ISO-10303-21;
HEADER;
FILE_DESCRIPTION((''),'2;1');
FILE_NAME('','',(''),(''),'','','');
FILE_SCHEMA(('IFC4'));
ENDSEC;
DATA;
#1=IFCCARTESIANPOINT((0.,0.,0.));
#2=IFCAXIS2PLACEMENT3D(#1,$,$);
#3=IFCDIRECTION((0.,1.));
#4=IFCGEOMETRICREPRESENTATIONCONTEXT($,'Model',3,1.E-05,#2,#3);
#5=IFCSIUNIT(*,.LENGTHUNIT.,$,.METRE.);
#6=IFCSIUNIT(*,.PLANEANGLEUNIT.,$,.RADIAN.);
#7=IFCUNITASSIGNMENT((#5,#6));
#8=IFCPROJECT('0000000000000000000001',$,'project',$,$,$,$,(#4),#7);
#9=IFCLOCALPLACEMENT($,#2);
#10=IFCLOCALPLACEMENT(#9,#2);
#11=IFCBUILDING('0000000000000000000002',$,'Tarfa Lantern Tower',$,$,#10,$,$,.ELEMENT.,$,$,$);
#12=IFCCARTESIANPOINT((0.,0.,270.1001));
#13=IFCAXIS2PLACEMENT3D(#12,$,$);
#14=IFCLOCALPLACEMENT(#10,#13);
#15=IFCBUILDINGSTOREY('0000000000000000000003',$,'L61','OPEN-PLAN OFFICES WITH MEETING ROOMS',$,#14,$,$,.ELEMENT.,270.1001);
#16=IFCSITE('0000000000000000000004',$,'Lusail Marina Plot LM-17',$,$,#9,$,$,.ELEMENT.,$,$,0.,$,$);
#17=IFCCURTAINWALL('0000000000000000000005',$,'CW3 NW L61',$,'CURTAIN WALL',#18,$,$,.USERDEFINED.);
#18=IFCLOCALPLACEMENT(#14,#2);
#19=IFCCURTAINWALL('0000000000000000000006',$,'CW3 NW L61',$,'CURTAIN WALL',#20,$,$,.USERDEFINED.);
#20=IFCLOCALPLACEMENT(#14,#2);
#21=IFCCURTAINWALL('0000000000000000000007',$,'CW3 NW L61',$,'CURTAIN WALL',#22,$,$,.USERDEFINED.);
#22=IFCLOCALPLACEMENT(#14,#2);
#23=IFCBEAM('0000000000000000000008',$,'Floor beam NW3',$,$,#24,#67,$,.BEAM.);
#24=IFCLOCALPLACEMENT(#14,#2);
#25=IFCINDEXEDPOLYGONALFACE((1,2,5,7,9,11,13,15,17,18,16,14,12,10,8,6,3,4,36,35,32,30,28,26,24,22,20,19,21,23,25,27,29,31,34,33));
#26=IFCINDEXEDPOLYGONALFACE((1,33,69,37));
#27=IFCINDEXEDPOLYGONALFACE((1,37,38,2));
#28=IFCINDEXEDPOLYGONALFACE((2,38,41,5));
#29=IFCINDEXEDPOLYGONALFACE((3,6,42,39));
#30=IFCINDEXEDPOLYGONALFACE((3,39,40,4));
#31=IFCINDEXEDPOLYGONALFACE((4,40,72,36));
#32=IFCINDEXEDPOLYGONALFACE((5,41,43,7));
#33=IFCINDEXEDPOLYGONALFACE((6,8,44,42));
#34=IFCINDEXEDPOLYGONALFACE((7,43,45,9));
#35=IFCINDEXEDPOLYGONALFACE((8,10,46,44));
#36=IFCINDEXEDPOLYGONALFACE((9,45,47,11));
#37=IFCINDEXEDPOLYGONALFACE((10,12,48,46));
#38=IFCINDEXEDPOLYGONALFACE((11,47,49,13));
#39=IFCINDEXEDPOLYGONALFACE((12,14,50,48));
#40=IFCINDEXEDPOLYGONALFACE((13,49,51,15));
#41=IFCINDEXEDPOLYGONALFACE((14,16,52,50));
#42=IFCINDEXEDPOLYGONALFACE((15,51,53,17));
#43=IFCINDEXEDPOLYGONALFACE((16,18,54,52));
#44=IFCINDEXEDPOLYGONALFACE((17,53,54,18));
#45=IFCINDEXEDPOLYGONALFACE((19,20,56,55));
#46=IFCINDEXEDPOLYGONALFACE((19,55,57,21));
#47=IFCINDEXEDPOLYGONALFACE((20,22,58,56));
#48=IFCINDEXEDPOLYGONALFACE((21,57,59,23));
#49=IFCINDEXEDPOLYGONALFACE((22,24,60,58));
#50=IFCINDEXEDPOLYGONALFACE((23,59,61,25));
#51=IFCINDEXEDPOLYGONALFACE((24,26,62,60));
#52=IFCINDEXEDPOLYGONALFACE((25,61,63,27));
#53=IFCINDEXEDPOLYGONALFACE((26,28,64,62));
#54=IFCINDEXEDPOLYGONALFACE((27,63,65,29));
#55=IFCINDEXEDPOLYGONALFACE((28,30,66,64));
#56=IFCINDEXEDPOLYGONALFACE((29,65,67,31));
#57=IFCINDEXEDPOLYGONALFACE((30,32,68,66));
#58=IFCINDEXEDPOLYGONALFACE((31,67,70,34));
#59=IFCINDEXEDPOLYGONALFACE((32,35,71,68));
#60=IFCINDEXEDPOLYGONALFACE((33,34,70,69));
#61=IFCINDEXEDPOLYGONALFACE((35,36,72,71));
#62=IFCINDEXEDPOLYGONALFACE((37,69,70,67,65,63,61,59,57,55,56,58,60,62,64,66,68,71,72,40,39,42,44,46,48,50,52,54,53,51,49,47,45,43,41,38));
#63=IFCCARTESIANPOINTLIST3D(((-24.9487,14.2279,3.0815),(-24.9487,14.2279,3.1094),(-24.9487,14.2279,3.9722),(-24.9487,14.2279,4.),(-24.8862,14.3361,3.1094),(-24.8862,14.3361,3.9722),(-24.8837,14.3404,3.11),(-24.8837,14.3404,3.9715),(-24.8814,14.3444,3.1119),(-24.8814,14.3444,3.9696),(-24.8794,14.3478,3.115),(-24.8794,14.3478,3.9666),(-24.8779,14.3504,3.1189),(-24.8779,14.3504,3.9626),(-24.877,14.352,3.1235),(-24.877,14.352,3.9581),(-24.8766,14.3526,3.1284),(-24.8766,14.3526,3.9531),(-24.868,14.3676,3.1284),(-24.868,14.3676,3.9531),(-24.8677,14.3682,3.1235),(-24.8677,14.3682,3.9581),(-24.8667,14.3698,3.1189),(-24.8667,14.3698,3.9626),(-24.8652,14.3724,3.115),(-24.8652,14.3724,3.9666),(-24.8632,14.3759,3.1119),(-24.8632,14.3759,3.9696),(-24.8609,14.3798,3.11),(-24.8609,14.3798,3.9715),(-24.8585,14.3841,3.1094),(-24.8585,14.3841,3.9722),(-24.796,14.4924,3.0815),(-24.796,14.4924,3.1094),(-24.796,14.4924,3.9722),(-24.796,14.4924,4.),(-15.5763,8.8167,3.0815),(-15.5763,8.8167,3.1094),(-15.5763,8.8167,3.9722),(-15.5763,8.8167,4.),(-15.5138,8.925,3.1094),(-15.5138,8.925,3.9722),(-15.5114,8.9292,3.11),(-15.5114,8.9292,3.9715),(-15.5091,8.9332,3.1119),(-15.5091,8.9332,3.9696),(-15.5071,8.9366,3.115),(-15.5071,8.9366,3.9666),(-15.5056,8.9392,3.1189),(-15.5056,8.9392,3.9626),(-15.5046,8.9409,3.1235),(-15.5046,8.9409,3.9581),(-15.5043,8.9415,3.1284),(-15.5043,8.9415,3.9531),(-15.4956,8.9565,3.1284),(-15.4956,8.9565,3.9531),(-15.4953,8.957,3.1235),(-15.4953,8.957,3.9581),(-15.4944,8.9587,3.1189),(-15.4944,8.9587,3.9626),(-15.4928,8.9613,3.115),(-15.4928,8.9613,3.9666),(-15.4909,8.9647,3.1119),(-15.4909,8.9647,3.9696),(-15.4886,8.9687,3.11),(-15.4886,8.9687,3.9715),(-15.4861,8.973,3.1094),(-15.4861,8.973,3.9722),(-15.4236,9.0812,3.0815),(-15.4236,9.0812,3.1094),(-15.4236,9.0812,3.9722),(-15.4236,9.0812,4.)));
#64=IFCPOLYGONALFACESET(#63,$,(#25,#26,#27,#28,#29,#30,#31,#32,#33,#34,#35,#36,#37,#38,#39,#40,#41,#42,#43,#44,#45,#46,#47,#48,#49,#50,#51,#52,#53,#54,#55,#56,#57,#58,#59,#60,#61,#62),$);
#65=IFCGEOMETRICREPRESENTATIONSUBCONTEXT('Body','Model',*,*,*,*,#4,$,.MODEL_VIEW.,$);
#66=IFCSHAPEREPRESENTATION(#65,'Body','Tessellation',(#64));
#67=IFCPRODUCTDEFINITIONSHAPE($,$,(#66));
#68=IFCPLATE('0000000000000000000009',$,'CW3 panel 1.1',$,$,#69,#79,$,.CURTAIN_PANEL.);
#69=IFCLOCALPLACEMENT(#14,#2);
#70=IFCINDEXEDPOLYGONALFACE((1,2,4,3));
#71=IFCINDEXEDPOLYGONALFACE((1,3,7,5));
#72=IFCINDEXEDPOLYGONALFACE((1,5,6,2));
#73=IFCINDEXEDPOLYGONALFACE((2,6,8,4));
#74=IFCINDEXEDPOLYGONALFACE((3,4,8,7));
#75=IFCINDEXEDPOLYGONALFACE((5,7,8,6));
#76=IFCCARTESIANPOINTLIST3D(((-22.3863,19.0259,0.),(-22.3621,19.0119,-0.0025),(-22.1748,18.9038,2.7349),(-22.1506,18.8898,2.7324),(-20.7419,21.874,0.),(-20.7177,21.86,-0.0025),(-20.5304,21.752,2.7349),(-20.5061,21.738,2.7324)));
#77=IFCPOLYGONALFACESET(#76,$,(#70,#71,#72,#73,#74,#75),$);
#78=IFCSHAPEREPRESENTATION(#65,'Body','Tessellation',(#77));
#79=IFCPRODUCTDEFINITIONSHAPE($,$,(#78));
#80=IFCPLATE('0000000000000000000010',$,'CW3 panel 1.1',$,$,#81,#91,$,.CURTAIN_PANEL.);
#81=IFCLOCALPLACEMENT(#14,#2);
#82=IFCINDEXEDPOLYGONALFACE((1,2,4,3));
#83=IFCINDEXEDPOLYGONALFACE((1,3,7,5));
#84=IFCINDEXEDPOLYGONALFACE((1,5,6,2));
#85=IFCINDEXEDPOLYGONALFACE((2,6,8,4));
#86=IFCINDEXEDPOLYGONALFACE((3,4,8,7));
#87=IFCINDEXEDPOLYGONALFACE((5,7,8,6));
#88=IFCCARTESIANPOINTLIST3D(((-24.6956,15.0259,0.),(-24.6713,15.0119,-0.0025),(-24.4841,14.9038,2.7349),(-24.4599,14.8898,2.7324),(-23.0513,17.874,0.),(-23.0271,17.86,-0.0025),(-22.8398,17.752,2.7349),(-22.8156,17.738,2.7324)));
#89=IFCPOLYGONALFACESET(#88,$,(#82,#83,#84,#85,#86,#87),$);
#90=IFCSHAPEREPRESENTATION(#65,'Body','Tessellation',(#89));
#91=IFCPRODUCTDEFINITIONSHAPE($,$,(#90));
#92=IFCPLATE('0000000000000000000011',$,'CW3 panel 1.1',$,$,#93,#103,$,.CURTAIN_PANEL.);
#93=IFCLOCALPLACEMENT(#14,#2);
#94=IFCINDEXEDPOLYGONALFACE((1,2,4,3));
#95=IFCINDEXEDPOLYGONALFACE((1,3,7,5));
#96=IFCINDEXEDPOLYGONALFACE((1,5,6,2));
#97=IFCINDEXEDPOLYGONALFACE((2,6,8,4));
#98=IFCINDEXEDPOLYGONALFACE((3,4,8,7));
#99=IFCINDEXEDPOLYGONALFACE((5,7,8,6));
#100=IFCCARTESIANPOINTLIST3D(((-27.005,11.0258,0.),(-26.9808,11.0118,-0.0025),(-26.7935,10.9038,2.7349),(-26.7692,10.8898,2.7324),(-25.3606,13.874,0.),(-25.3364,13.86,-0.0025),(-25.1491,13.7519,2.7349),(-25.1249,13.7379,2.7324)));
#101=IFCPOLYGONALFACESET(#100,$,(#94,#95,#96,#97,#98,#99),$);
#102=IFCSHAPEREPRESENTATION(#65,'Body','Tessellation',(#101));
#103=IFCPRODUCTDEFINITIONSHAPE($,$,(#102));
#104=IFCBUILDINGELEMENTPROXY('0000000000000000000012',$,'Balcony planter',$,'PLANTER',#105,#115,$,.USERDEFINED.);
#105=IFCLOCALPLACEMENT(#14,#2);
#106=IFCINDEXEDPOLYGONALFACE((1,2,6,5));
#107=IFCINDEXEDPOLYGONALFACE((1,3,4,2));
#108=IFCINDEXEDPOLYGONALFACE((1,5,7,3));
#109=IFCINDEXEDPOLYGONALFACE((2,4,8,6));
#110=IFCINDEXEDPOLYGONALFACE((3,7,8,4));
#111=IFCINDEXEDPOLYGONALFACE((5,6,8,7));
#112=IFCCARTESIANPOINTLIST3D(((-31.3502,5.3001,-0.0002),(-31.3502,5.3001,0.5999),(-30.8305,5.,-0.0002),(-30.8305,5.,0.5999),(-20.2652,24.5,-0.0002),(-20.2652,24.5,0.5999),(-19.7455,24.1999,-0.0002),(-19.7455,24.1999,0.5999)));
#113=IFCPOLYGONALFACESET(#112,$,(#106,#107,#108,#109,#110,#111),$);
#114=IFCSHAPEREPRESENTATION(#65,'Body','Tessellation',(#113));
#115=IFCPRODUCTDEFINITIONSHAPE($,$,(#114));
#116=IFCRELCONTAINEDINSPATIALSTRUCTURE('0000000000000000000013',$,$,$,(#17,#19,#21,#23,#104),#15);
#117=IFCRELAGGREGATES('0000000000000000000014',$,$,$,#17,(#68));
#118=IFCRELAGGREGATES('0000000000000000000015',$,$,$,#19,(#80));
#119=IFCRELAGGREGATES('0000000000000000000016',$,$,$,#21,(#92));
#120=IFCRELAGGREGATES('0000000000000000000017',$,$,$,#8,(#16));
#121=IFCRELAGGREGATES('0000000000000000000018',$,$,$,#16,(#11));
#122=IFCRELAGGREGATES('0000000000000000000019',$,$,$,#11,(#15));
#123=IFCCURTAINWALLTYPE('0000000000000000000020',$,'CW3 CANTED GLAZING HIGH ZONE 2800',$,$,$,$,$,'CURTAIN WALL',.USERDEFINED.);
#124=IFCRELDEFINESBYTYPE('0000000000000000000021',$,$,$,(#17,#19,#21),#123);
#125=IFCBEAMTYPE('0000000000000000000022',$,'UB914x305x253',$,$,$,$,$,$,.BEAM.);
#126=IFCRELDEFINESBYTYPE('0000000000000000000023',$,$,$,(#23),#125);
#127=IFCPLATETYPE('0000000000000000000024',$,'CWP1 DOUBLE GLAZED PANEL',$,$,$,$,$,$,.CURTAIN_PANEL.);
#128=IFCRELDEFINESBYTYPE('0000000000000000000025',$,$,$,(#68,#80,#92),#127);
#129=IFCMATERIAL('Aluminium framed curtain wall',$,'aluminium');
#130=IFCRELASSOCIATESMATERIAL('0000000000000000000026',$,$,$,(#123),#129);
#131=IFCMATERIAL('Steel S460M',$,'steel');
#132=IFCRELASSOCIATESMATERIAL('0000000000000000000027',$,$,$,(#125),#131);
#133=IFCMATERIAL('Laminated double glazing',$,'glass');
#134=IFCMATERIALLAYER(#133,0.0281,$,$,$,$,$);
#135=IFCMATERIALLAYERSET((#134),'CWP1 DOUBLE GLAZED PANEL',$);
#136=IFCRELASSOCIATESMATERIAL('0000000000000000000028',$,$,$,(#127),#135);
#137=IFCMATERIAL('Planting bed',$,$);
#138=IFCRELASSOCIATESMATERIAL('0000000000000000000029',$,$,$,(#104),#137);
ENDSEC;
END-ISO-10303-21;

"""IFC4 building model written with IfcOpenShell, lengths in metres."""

from ifc_helpers import new_model, si_unit, direction, frame, origin, origin_2d, place, context, subcontext, project, spatial, polyline, rectangle, i_section, outline, extrude, material, layer, layer_set, material_profile, profile_set, type_object, element, aggregate, save


model = new_model("IFC4")

# Units and contexts
model_context = context("Model", 3, precision=1e-05, world=origin(), true_north=direction((0.0, 1.0)))
body_context = subcontext(model_context, "Body", "Model", "MODEL_VIEW")
ifc_project = project(units=[si_unit("LENGTHUNIT", "METRE"), si_unit("PLANEANGLEUNIT", "RADIAN")], contexts=[model_context])

# Site, building, storey
site_placement = place(None, origin())
site = spatial("IfcSite", under=ifc_project, at=site_placement, Name="Lusail Marina Plot LM-17", CompositionType="ELEMENT", RefElevation=0.0)
building_placement = place(site_placement, origin())
building = spatial("IfcBuilding", under=site, at=building_placement, Name="Tarfa Lantern Tower", CompositionType="ELEMENT")
storey_placement = place(building_placement, frame((0.0, 0.0, 270.1001)))
storey = spatial("IfcBuildingStorey", under=building, at=storey_placement, Name="L61", Description="OPEN-PLAN OFFICES WITH MEETING ROOMS", CompositionType="ELEMENT", Elevation=270.1001)

# Shared definitions
ifc_material_1 = material(Name="Aluminium framed curtain wall", Category="aluminium")
curtain_wall_type = type_object("IfcCurtainWallType", Name="CW3 CANTED GLAZING HIGH ZONE 2800", ElementType="CURTAIN WALL", PredefinedType="USERDEFINED", material=ifc_material_1)

# Curtain walls
curtain_wall_1_placement = place(storey_placement, origin())
curtain_wall_1 = element("IfcCurtainWall", 1, at=curtain_wall_1_placement, inside=storey, type_object=curtain_wall_type, Name="CW3 NW L61", ObjectType="CURTAIN WALL", PredefinedType="USERDEFINED")
curtain_wall_2_placement = place(storey_placement, origin())
curtain_wall_2 = element("IfcCurtainWall", 2, at=curtain_wall_2_placement, inside=storey, type_object=curtain_wall_type, Name="CW3 NW L61", ObjectType="CURTAIN WALL", PredefinedType="USERDEFINED")
curtain_wall_3_placement = place(storey_placement, origin())
curtain_wall_3 = element("IfcCurtainWall", 3, at=curtain_wall_3_placement, inside=storey, type_object=curtain_wall_type, Name="CW3 NW L61", ObjectType="CURTAIN WALL", PredefinedType="USERDEFINED")

# Beam
ifc_material_2 = material(Name="Steel S460M", Category="steel")
ifc_material_profile_1 = material_profile(ifc_material_2, i_section(OverallWidth=0.3054, OverallDepth=0.9185, WebThickness=0.0173, FlangeThickness=0.0278, FilletRadius=0.019, at=origin_2d()), Name="UB914x305x253")
ifc_profile_set_1 = profile_set([ifc_material_profile_1], Name="Steel S460M")
beam_type_1 = type_object("IfcBeamType", Name="UB914x305x253", PredefinedType="BEAM", material=ifc_profile_set_1)
beam_1_placement = place(storey_placement, frame((-24.8723, 14.3601, 3.5408), z_axis=(0.866024, -0.500002, 0.0), x_axis=(0.500002, 0.866024, 0.0)))
element("IfcBeam", 4, at=beam_1_placement, inside=storey, type_object=beam_type_1, Name="Floor beam NW3", PredefinedType="BEAM", context=body_context, shape_type="SweptSolid", body=[
    extrude(i_section(OverallWidth=0.3054, OverallDepth=0.9185, WebThickness=0.0173, FlangeThickness=0.0278, FilletRadius=0.019, at=origin_2d()), origin(), (0.0, 0.0, 1.0), 10.8223),
])

# Plates
ifc_material_3 = material(Name="Laminated double glazing", Category="glass")
ifc_layer = layer(ifc_material_3, 0.0281)
ifc_layer_set = layer_set([ifc_layer], Name="CWP1 DOUBLE GLAZED PANEL")
plate_type = type_object("IfcPlateType", Name="CWP1 DOUBLE GLAZED PANEL", PredefinedType="CURTAIN_PANEL", material=ifc_layer_set)
plate_1_placement = place(storey_placement, frame((-20.7419, 21.874, 0.0), z_axis=(-0.862588, 0.498025, 0.088952), x_axis=(-0.500007, -0.866021, 0.000003)))
plate_1 = element("IfcPlate", 5, at=plate_1_placement, type_object=plate_type, Name="CW3 panel 1.1", PredefinedType="CURTAIN_PANEL", context=body_context, shape_type="SweptSolid", body=[
    extrude(outline(polyline([(0.0, 0.0), (3.2887, 0.0), (3.2887, 2.7457), (-0.0001, 2.7458), (0.0, 0.0)])), origin(), (0.0, 0.0, -1.0), 0.0281),
])
aggregate(curtain_wall_1, [plate_1])
plate_2_placement = place(storey_placement, frame((-23.0513, 17.874, 0.0), z_axis=(-0.862607, 0.497999, 0.088914), x_axis=(-0.499979, -0.866037, 0.0)))
plate_2 = element("IfcPlate", 6, at=plate_2_placement, type_object=plate_type, Name="CW3 panel 1.1", PredefinedType="CURTAIN_PANEL", context=body_context, shape_type="SweptSolid", body=[
    extrude(outline(polyline([(0.0, 0.0), (3.2887, 0.0), (3.2887, 2.7457), (0.0, 2.7457), (0.0, 0.0)])), origin(), (0.0, 0.0, -1.0), 0.0281),
])
aggregate(curtain_wall_2, [plate_2])
plate_3_placement = place(storey_placement, frame((-25.3606, 13.874, 0.0), z_axis=(-0.862588, 0.498025, 0.088952), x_axis=(-0.500008, -0.866021, -0.000003)))
plate_3 = element("IfcPlate", 7, at=plate_3_placement, type_object=plate_type, Name="CW3 panel 1.1", PredefinedType="CURTAIN_PANEL", context=body_context, shape_type="SweptSolid", body=[
    extrude(outline(polyline([(0.0, 0.0), (3.2888, 0.0), (3.2887, 2.7458), (0.0, 2.7457), (0.0, 0.0)])), origin(), (0.0, 0.0, -1.0), 0.0281),
])
aggregate(curtain_wall_3, [plate_3])

# Building element proxy
ifc_material_4 = material(Name="Planting bed")
proxy_placement = place(storey_placement, frame((-25.5479, 14.75, -0.0002), z_axis=(0.0, 0.0, 1.0), x_axis=(-0.5, -0.866025, 0.0)))
element("IfcBuildingElementProxy", 8, at=proxy_placement, inside=storey, material=ifc_material_4, Name="Balcony planter", ObjectType="PLANTER", PredefinedType="USERDEFINED", context=body_context, shape_type="SweptSolid", body=[
    extrude(rectangle(XDim=22.1702, YDim=0.6001, at=origin_2d()), origin(), (0.0, 0.0, 1.0), 0.6001),
])

save(model, "model.ifc")
